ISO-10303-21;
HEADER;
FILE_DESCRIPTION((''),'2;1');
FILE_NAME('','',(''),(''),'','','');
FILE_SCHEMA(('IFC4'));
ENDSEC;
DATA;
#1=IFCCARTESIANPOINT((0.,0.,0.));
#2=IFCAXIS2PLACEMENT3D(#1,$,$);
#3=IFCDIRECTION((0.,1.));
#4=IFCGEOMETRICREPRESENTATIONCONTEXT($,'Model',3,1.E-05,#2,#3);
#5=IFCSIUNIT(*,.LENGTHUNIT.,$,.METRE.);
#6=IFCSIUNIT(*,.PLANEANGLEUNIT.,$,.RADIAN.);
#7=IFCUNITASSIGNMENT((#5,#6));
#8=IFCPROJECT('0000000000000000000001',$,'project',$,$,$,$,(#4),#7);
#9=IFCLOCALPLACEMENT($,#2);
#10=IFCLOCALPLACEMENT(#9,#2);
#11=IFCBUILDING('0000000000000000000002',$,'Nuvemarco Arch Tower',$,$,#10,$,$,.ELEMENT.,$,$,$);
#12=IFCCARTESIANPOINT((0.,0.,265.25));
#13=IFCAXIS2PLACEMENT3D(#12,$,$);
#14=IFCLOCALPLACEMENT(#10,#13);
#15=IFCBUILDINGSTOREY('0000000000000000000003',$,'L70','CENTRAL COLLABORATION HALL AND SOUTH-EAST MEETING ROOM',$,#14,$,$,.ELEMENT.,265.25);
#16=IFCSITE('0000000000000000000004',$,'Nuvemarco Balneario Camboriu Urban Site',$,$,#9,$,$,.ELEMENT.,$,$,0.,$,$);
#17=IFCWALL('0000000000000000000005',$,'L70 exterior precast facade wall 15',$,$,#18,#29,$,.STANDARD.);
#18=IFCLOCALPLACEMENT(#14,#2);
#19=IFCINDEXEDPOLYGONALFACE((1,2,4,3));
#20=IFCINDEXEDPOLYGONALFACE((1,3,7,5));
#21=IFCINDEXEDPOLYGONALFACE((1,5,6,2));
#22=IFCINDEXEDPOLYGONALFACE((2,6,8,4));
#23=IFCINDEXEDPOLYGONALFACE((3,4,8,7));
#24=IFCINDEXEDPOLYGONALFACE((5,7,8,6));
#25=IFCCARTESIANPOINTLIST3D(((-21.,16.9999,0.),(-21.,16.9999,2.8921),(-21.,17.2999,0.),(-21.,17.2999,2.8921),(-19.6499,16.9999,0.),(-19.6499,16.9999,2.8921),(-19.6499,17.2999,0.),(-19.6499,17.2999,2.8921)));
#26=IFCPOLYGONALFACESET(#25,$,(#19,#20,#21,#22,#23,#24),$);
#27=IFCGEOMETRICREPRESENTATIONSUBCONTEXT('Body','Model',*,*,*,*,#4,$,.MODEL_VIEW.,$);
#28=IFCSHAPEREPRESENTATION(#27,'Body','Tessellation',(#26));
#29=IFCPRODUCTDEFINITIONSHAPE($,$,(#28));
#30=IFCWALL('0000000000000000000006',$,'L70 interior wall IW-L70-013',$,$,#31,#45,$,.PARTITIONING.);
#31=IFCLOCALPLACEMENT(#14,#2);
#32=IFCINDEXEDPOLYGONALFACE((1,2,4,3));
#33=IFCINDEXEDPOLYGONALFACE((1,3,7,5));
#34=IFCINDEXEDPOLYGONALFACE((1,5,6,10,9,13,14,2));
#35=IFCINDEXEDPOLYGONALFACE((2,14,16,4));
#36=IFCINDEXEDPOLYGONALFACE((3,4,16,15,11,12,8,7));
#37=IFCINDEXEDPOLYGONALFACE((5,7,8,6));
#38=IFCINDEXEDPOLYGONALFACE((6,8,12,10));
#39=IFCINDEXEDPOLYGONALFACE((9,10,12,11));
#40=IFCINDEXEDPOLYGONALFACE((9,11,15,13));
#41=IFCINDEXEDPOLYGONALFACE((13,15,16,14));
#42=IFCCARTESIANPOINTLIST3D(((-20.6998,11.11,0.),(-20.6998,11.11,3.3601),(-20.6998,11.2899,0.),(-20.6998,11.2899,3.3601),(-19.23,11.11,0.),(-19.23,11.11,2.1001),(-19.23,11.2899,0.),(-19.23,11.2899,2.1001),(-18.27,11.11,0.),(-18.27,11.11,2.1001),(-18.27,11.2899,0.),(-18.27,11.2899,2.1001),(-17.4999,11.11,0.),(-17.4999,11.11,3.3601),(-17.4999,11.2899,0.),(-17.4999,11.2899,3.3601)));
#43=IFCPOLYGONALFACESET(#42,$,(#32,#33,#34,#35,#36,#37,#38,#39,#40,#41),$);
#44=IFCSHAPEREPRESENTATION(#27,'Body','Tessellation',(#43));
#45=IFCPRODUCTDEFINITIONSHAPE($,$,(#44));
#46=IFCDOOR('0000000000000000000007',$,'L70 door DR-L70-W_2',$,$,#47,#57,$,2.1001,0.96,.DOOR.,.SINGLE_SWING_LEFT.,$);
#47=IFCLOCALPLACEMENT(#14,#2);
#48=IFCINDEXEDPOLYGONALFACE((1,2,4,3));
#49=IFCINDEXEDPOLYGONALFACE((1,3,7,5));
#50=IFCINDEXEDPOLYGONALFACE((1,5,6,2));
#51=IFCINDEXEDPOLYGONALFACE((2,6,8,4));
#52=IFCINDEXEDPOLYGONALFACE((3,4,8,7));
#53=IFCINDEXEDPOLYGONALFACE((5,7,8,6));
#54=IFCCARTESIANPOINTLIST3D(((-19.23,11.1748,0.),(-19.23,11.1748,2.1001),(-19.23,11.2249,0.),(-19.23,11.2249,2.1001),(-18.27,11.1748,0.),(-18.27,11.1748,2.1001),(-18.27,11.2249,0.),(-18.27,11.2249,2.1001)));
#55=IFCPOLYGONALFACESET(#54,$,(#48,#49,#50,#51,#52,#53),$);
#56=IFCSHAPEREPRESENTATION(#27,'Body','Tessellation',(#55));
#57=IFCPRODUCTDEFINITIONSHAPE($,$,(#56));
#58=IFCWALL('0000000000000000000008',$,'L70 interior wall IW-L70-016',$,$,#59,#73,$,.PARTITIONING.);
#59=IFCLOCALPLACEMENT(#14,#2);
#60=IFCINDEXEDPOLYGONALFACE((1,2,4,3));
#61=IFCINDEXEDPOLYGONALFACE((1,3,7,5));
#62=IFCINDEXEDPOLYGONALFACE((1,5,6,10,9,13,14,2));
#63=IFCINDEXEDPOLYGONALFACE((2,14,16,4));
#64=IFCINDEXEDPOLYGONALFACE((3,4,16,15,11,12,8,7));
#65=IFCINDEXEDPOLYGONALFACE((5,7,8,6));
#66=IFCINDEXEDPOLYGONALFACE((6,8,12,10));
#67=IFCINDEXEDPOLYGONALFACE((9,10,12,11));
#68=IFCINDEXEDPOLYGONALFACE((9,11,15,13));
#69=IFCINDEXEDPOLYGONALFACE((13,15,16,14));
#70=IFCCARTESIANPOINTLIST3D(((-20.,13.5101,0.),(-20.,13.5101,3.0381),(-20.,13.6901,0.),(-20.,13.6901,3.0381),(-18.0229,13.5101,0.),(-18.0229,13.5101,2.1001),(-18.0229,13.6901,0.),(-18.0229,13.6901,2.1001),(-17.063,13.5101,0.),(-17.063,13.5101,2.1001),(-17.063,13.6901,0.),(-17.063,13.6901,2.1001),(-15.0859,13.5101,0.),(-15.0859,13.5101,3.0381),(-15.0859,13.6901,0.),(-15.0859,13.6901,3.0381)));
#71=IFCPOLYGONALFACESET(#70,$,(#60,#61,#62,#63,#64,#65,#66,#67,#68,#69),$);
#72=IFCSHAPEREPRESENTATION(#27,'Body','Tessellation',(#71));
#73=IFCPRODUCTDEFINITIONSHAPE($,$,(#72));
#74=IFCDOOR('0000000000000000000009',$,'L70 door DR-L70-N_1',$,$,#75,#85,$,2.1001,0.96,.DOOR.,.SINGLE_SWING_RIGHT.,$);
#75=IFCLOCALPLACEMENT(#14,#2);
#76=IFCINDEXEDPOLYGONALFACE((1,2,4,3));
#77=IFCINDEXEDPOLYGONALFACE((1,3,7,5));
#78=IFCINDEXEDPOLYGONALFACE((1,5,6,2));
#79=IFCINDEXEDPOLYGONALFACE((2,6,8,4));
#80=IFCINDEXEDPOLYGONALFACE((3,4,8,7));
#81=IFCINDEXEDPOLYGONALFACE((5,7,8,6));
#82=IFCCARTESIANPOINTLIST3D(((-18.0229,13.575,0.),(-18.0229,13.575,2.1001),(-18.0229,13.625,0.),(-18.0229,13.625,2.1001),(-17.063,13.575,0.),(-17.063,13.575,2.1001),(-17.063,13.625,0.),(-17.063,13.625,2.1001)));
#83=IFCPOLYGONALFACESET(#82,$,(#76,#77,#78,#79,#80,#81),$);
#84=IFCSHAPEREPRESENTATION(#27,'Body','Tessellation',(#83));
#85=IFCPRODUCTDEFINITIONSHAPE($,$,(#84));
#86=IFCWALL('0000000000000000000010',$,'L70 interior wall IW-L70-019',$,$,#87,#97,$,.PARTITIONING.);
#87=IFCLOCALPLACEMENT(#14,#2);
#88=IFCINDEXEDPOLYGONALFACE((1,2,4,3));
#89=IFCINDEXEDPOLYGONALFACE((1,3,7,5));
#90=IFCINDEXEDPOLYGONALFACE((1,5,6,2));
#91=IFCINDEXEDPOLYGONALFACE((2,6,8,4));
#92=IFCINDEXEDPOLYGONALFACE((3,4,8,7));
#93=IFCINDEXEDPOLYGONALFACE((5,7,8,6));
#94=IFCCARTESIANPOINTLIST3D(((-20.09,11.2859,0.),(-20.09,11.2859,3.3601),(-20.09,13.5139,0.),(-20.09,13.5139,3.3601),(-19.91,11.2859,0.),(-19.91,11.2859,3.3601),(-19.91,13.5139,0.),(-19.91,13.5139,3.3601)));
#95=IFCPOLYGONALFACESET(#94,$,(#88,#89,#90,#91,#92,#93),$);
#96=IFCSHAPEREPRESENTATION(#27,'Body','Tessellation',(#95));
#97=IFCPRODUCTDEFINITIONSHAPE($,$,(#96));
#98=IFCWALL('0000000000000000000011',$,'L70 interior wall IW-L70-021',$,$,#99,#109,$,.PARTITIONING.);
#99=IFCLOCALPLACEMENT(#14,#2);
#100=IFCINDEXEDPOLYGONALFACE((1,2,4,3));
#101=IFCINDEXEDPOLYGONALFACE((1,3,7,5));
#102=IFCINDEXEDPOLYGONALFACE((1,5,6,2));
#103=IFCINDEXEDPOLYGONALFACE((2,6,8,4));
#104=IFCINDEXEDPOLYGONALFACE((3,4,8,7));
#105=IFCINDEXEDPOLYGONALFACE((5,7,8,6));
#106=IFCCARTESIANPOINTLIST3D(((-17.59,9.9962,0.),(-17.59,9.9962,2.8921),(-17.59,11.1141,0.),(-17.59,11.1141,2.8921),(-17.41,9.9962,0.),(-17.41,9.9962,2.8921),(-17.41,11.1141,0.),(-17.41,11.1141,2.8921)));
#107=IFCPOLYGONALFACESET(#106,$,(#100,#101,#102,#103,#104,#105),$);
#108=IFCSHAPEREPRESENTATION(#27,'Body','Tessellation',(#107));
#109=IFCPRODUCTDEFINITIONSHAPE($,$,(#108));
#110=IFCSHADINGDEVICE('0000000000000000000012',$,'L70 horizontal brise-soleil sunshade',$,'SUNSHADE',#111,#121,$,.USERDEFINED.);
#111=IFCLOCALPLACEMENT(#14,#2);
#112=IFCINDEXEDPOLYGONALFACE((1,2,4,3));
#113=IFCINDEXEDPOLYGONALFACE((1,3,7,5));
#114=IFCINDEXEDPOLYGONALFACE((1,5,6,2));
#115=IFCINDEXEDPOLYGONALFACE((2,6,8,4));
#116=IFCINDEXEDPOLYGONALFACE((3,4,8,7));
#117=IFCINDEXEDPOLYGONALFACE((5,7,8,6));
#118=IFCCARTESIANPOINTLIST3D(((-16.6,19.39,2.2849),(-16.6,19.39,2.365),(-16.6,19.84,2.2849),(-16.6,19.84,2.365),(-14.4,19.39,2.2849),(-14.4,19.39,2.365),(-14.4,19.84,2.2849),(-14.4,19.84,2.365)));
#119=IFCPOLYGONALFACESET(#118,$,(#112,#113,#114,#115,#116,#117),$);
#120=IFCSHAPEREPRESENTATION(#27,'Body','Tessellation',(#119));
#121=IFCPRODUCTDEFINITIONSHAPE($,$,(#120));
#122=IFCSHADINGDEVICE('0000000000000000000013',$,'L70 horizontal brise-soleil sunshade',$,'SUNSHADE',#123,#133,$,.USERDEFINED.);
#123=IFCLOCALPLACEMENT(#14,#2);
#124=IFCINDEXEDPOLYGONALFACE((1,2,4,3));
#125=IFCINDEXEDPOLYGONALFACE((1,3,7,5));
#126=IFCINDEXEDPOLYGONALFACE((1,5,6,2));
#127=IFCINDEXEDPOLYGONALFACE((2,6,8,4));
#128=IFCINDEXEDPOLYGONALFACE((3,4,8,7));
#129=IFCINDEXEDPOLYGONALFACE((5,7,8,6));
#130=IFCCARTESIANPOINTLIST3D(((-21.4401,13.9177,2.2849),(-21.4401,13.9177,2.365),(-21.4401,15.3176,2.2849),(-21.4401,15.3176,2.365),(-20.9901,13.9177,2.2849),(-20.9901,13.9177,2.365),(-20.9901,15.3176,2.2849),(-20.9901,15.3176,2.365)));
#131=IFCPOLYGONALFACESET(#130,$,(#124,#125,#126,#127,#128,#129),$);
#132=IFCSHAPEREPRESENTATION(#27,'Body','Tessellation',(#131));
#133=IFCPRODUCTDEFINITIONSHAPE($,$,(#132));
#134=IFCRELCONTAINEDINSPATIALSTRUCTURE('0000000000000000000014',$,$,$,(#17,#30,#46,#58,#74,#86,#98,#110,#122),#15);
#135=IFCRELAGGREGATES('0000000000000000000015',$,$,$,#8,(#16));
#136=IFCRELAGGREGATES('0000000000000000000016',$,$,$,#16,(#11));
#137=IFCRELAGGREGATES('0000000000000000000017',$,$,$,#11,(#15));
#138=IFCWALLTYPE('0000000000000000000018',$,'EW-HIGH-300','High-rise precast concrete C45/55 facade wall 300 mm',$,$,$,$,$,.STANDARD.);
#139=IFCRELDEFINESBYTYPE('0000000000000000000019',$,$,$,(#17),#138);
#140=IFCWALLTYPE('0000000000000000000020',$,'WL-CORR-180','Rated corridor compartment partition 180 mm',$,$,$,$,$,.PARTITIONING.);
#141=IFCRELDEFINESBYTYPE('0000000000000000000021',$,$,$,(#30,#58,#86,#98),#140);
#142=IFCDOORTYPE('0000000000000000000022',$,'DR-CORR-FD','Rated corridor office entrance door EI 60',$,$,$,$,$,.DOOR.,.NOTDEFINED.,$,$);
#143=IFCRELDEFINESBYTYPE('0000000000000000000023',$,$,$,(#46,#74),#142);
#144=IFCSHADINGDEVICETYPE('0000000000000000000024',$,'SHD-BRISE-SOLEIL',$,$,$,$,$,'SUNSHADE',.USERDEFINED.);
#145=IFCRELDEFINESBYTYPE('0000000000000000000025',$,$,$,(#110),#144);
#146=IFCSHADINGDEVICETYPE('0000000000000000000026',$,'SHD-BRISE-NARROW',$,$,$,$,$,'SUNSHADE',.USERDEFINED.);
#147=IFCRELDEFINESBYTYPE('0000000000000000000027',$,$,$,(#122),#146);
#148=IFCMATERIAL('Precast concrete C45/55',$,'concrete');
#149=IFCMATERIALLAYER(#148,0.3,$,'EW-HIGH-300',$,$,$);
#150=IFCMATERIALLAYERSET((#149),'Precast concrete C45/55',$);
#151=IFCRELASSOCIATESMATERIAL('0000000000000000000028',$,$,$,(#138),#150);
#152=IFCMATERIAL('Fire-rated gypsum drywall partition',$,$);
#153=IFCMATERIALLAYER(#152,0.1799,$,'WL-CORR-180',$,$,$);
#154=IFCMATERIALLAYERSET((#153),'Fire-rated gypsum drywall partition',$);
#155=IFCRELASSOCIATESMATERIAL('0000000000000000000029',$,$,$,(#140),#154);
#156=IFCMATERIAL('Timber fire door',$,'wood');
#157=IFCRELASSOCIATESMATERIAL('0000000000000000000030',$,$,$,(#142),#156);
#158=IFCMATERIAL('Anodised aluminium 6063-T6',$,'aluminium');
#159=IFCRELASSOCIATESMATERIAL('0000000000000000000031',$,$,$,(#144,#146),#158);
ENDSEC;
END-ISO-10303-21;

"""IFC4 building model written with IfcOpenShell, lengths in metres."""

from ifc_helpers import new_model, si_unit, direction, frame, frame_2d, origin, origin_2d, place, context, subcontext, project, spatial, rectangle, extrude, source, transform, mapped, material, layer, layer_set, type_object, type_shapes, element, fill, save


model = new_model("IFC4")

# Units and contexts
model_context = context("Model", 3, precision=1e-05, world=origin(), true_north=direction((0.0, 1.0)))
body_context = subcontext(model_context, "Body", "Model", "MODEL_VIEW")
ifc_project = project(units=[si_unit("LENGTHUNIT", "METRE"), si_unit("PLANEANGLEUNIT", "RADIAN")], contexts=[model_context])

# Site, building, storey
site_placement = place(None, origin())
site = spatial("IfcSite", under=ifc_project, at=site_placement, Name="Nuvemarco Balneario Camboriu Urban Site", CompositionType="ELEMENT", RefElevation=0.0)
building_placement = place(site_placement, origin())
building = spatial("IfcBuilding", under=site, at=building_placement, Name="Nuvemarco Arch Tower", CompositionType="ELEMENT")
storey_placement = place(building_placement, frame((0.0, 0.0, 265.25)))
storey = spatial("IfcBuildingStorey", under=building, at=storey_placement, Name="L70", Description="CENTRAL COLLABORATION HALL AND SOUTH-EAST MEETING ROOM", CompositionType="ELEMENT", Elevation=265.25)

# Shared definitions
ifc_material_1 = material(Name="Precast concrete C45/55", Category="concrete")
ifc_layer_1 = layer(ifc_material_1, 0.3, Name="EW-HIGH-300")
ifc_layer_set_1 = layer_set([ifc_layer_1], Name="Precast concrete C45/55")
wall_type_1 = type_object("IfcWallType", Name="EW-HIGH-300", Description="High-rise precast concrete C45/55 facade wall 300 mm", PredefinedType="STANDARD", material=ifc_layer_set_1)

# Wall
wall_1_placement = place(storey_placement, frame((-21.0, 17.1499, 0.0), z_axis=(0.0, 0.0, 1.0), x_axis=(1.0, 0.0, 0.0)))
element("IfcWall", 1, at=wall_1_placement, inside=storey, type_object=wall_type_1, Name="L70 exterior precast facade wall 15", PredefinedType="STANDARD", context=body_context, shape_type="SweptSolid", body=[
    extrude(rectangle(XDim=1.3501, YDim=0.3, at=frame_2d((0.675, 0.0))), origin(), (0.0, 0.0, 1.0), 2.8921),
])

# Walls, openings, doors
ifc_material_2 = material(Name="Fire-rated gypsum drywall partition")
ifc_layer_2 = layer(ifc_material_2, 0.1799, Name="WL-CORR-180")
ifc_layer_set_2 = layer_set([ifc_layer_2], Name="Fire-rated gypsum drywall partition")
wall_type_2 = type_object("IfcWallType", Name="WL-CORR-180", Description="Rated corridor compartment partition 180 mm", PredefinedType="PARTITIONING", material=ifc_layer_set_2)
wall_2_placement = place(storey_placement, frame((-20.7, 11.2, 0.0), z_axis=(0.0, 0.0, 1.0), x_axis=(1.0, 0.0, 0.0)))
wall_2 = element("IfcWall", 2, at=wall_2_placement, inside=storey, type_object=wall_type_2, Name="L70 interior wall IW-L70-013", PredefinedType="PARTITIONING", context=body_context, shape_type="SweptSolid", body=[
    extrude(rectangle(XDim=3.2, YDim=0.1799, at=frame_2d((1.6001, 0.0))), origin(), (0.0, 0.0, 1.0), 3.3601),
])
opening_1_placement = place(wall_2_placement, frame((1.47, 0.0, 0.0)))
opening_1 = element("IfcOpeningElement", 3, at=opening_1_placement, cuts=wall_2, PredefinedType="OPENING", context=body_context, shape_type="SweptSolid", body=[
    extrude(rectangle(XDim=0.96, YDim=2.1001, at=frame_2d((0.48, 1.05))), frame((0.0, 0.0999, 0.0), z_axis=(0.0, -1.0, 0.0), x_axis=(1.0, 0.0, 0.0)), (0.0, 0.0, 1.0), 0.2),
])
ifc_material_3 = material(Name="Timber fire door", Category="wood")
door_type_1 = type_object("IfcDoorType", Name="DR-CORR-FD", Description="Rated corridor office entrance door EI 60", OperationType="NOTDEFINED", PredefinedType="DOOR", material=ifc_material_3)
shared_shape_1 = source(origin(), body_context, "Body", "SweptSolid", [
    extrude(rectangle(XDim=0.96, YDim=2.1001, at=frame_2d((0.48, 1.05))), frame((0.0, 0.0249, 0.0), z_axis=(0.0, -1.0, 0.0), x_axis=(1.0, 0.0, 0.0)), (0.0, 0.0, 1.0), 0.05),
])
type_shapes(door_type_1, [shared_shape_1])
door_1_placement = place(opening_1_placement, origin())
door_1 = element("IfcDoor", 4, at=door_1_placement, inside=storey, type_object=door_type_1, Name="L70 door DR-L70-W_2", OperationType="SINGLE_SWING_LEFT", OverallHeight=2.1001, OverallWidth=0.96, PredefinedType="DOOR", context=body_context, shape_type="MappedRepresentation", body=[
    mapped(shared_shape_1, transform((0.0, 0.0, 0.0), scale=1.0)),
])
fill(opening_1, door_1)
wall_3_placement = place(storey_placement, frame((-20.0, 13.6001, 0.0), z_axis=(0.0, 0.0, 1.0), x_axis=(1.0, 0.0, 0.0)))
wall_3 = element("IfcWall", 5, at=wall_3_placement, inside=storey, type_object=wall_type_2, Name="L70 interior wall IW-L70-016", PredefinedType="PARTITIONING", context=body_context, shape_type="SweptSolid", body=[
    extrude(rectangle(XDim=4.9141, YDim=0.1799, at=frame_2d((2.457, 0.0))), origin(), (0.0, 0.0, 1.0), 3.0381),
])
opening_2_placement = place(wall_3_placement, frame((1.9771, 0.0, 0.0)))
opening_2 = element("IfcOpeningElement", 6, at=opening_2_placement, cuts=wall_3, PredefinedType="OPENING", context=body_context, shape_type="SweptSolid", body=[
    extrude(rectangle(XDim=0.96, YDim=2.1001, at=frame_2d((0.48, 1.05))), frame((0.0, 0.0999, 0.0), z_axis=(0.0, -1.0, 0.0), x_axis=(1.0, 0.0, 0.0)), (0.0, 0.0, 1.0), 0.2),
])
door_2_placement = place(opening_2_placement, origin())
door_2 = element("IfcDoor", 7, at=door_2_placement, inside=storey, type_object=door_type_1, Name="L70 door DR-L70-N_1", OperationType="SINGLE_SWING_RIGHT", OverallHeight=2.1001, OverallWidth=0.96, PredefinedType="DOOR", context=body_context, shape_type="MappedRepresentation", body=[
    mapped(shared_shape_1, transform((0.0, 0.0, 0.0), scale=1.0)),
])
fill(opening_2, door_2)

# Walls
wall_4_placement = place(storey_placement, frame((-20.0, 11.2859, 0.0), z_axis=(0.0, 0.0, 1.0), x_axis=(0.0, 1.0, 0.0)))
element("IfcWall", 8, at=wall_4_placement, inside=storey, type_object=wall_type_2, Name="L70 interior wall IW-L70-019", PredefinedType="PARTITIONING", context=body_context, shape_type="SweptSolid", body=[
    extrude(rectangle(XDim=2.228, YDim=0.1799, at=frame_2d((1.114, 0.0))), origin(), (0.0, 0.0, 1.0), 3.3601),
])
wall_5_placement = place(storey_placement, frame((-17.5, 9.9961, 0.0), z_axis=(0.0, 0.0, 1.0), x_axis=(0.0, 1.0, 0.0)))
element("IfcWall", 9, at=wall_5_placement, inside=storey, type_object=wall_type_2, Name="L70 interior wall IW-L70-021", PredefinedType="PARTITIONING", context=body_context, shape_type="SweptSolid", body=[
    extrude(rectangle(XDim=1.1179, YDim=0.1799, at=frame_2d((0.5591, 0.0))), origin(), (0.0, 0.0, 1.0), 2.8921),
])

# Shading devices
ifc_material_4 = material(Name="Anodised aluminium 6063-T6", Category="aluminium")
shading_device_type_1 = type_object("IfcShadingDeviceType", Name="SHD-BRISE-SOLEIL", ElementType="SUNSHADE", PredefinedType="USERDEFINED", material=ifc_material_4)
shared_shape_2 = source(origin(), body_context, "Body", "SweptSolid", [
    extrude(rectangle(XDim=2.2, YDim=0.45, at=origin_2d()), origin(), (0.0, 0.0, 1.0), 0.0801),
])
type_shapes(shading_device_type_1, [shared_shape_2])
shading_device_1_placement = place(storey_placement, frame((-15.5, 19.615, 2.2849), z_axis=(0.0, 0.0, 1.0), x_axis=(1.0, 0.0, 0.0)))
element("IfcShadingDevice", 10, at=shading_device_1_placement, inside=storey, type_object=shading_device_type_1, Name="L70 horizontal brise-soleil sunshade", ObjectType="SUNSHADE", PredefinedType="USERDEFINED", context=body_context, shape_type="MappedRepresentation", body=[
    mapped(shared_shape_2, transform((0.0, 0.0, 0.0), scale=1.0)),
])
shading_device_type_2 = type_object("IfcShadingDeviceType", Name="SHD-BRISE-NARROW", ElementType="SUNSHADE", PredefinedType="USERDEFINED", material=ifc_material_4)
shared_shape_3 = source(origin(), body_context, "Body", "SweptSolid", [
    extrude(rectangle(XDim=1.3999, YDim=0.45, at=origin_2d()), origin(), (0.0, 0.0, 1.0), 0.0801),
])
type_shapes(shading_device_type_2, [shared_shape_3])
shading_device_2_placement = place(storey_placement, frame((-21.2151, 14.6177, 2.2849), z_axis=(0.0, 0.0, 1.0), x_axis=(0.0, 1.0, 0.0)))
element("IfcShadingDevice", 11, at=shading_device_2_placement, inside=storey, type_object=shading_device_type_2, Name="L70 horizontal brise-soleil sunshade", ObjectType="SUNSHADE", PredefinedType="USERDEFINED", context=body_context, shape_type="MappedRepresentation", body=[
    mapped(shared_shape_3, transform((0.0, 0.0, 0.0), scale=1.0)),
])

save(model, "model.ifc")
